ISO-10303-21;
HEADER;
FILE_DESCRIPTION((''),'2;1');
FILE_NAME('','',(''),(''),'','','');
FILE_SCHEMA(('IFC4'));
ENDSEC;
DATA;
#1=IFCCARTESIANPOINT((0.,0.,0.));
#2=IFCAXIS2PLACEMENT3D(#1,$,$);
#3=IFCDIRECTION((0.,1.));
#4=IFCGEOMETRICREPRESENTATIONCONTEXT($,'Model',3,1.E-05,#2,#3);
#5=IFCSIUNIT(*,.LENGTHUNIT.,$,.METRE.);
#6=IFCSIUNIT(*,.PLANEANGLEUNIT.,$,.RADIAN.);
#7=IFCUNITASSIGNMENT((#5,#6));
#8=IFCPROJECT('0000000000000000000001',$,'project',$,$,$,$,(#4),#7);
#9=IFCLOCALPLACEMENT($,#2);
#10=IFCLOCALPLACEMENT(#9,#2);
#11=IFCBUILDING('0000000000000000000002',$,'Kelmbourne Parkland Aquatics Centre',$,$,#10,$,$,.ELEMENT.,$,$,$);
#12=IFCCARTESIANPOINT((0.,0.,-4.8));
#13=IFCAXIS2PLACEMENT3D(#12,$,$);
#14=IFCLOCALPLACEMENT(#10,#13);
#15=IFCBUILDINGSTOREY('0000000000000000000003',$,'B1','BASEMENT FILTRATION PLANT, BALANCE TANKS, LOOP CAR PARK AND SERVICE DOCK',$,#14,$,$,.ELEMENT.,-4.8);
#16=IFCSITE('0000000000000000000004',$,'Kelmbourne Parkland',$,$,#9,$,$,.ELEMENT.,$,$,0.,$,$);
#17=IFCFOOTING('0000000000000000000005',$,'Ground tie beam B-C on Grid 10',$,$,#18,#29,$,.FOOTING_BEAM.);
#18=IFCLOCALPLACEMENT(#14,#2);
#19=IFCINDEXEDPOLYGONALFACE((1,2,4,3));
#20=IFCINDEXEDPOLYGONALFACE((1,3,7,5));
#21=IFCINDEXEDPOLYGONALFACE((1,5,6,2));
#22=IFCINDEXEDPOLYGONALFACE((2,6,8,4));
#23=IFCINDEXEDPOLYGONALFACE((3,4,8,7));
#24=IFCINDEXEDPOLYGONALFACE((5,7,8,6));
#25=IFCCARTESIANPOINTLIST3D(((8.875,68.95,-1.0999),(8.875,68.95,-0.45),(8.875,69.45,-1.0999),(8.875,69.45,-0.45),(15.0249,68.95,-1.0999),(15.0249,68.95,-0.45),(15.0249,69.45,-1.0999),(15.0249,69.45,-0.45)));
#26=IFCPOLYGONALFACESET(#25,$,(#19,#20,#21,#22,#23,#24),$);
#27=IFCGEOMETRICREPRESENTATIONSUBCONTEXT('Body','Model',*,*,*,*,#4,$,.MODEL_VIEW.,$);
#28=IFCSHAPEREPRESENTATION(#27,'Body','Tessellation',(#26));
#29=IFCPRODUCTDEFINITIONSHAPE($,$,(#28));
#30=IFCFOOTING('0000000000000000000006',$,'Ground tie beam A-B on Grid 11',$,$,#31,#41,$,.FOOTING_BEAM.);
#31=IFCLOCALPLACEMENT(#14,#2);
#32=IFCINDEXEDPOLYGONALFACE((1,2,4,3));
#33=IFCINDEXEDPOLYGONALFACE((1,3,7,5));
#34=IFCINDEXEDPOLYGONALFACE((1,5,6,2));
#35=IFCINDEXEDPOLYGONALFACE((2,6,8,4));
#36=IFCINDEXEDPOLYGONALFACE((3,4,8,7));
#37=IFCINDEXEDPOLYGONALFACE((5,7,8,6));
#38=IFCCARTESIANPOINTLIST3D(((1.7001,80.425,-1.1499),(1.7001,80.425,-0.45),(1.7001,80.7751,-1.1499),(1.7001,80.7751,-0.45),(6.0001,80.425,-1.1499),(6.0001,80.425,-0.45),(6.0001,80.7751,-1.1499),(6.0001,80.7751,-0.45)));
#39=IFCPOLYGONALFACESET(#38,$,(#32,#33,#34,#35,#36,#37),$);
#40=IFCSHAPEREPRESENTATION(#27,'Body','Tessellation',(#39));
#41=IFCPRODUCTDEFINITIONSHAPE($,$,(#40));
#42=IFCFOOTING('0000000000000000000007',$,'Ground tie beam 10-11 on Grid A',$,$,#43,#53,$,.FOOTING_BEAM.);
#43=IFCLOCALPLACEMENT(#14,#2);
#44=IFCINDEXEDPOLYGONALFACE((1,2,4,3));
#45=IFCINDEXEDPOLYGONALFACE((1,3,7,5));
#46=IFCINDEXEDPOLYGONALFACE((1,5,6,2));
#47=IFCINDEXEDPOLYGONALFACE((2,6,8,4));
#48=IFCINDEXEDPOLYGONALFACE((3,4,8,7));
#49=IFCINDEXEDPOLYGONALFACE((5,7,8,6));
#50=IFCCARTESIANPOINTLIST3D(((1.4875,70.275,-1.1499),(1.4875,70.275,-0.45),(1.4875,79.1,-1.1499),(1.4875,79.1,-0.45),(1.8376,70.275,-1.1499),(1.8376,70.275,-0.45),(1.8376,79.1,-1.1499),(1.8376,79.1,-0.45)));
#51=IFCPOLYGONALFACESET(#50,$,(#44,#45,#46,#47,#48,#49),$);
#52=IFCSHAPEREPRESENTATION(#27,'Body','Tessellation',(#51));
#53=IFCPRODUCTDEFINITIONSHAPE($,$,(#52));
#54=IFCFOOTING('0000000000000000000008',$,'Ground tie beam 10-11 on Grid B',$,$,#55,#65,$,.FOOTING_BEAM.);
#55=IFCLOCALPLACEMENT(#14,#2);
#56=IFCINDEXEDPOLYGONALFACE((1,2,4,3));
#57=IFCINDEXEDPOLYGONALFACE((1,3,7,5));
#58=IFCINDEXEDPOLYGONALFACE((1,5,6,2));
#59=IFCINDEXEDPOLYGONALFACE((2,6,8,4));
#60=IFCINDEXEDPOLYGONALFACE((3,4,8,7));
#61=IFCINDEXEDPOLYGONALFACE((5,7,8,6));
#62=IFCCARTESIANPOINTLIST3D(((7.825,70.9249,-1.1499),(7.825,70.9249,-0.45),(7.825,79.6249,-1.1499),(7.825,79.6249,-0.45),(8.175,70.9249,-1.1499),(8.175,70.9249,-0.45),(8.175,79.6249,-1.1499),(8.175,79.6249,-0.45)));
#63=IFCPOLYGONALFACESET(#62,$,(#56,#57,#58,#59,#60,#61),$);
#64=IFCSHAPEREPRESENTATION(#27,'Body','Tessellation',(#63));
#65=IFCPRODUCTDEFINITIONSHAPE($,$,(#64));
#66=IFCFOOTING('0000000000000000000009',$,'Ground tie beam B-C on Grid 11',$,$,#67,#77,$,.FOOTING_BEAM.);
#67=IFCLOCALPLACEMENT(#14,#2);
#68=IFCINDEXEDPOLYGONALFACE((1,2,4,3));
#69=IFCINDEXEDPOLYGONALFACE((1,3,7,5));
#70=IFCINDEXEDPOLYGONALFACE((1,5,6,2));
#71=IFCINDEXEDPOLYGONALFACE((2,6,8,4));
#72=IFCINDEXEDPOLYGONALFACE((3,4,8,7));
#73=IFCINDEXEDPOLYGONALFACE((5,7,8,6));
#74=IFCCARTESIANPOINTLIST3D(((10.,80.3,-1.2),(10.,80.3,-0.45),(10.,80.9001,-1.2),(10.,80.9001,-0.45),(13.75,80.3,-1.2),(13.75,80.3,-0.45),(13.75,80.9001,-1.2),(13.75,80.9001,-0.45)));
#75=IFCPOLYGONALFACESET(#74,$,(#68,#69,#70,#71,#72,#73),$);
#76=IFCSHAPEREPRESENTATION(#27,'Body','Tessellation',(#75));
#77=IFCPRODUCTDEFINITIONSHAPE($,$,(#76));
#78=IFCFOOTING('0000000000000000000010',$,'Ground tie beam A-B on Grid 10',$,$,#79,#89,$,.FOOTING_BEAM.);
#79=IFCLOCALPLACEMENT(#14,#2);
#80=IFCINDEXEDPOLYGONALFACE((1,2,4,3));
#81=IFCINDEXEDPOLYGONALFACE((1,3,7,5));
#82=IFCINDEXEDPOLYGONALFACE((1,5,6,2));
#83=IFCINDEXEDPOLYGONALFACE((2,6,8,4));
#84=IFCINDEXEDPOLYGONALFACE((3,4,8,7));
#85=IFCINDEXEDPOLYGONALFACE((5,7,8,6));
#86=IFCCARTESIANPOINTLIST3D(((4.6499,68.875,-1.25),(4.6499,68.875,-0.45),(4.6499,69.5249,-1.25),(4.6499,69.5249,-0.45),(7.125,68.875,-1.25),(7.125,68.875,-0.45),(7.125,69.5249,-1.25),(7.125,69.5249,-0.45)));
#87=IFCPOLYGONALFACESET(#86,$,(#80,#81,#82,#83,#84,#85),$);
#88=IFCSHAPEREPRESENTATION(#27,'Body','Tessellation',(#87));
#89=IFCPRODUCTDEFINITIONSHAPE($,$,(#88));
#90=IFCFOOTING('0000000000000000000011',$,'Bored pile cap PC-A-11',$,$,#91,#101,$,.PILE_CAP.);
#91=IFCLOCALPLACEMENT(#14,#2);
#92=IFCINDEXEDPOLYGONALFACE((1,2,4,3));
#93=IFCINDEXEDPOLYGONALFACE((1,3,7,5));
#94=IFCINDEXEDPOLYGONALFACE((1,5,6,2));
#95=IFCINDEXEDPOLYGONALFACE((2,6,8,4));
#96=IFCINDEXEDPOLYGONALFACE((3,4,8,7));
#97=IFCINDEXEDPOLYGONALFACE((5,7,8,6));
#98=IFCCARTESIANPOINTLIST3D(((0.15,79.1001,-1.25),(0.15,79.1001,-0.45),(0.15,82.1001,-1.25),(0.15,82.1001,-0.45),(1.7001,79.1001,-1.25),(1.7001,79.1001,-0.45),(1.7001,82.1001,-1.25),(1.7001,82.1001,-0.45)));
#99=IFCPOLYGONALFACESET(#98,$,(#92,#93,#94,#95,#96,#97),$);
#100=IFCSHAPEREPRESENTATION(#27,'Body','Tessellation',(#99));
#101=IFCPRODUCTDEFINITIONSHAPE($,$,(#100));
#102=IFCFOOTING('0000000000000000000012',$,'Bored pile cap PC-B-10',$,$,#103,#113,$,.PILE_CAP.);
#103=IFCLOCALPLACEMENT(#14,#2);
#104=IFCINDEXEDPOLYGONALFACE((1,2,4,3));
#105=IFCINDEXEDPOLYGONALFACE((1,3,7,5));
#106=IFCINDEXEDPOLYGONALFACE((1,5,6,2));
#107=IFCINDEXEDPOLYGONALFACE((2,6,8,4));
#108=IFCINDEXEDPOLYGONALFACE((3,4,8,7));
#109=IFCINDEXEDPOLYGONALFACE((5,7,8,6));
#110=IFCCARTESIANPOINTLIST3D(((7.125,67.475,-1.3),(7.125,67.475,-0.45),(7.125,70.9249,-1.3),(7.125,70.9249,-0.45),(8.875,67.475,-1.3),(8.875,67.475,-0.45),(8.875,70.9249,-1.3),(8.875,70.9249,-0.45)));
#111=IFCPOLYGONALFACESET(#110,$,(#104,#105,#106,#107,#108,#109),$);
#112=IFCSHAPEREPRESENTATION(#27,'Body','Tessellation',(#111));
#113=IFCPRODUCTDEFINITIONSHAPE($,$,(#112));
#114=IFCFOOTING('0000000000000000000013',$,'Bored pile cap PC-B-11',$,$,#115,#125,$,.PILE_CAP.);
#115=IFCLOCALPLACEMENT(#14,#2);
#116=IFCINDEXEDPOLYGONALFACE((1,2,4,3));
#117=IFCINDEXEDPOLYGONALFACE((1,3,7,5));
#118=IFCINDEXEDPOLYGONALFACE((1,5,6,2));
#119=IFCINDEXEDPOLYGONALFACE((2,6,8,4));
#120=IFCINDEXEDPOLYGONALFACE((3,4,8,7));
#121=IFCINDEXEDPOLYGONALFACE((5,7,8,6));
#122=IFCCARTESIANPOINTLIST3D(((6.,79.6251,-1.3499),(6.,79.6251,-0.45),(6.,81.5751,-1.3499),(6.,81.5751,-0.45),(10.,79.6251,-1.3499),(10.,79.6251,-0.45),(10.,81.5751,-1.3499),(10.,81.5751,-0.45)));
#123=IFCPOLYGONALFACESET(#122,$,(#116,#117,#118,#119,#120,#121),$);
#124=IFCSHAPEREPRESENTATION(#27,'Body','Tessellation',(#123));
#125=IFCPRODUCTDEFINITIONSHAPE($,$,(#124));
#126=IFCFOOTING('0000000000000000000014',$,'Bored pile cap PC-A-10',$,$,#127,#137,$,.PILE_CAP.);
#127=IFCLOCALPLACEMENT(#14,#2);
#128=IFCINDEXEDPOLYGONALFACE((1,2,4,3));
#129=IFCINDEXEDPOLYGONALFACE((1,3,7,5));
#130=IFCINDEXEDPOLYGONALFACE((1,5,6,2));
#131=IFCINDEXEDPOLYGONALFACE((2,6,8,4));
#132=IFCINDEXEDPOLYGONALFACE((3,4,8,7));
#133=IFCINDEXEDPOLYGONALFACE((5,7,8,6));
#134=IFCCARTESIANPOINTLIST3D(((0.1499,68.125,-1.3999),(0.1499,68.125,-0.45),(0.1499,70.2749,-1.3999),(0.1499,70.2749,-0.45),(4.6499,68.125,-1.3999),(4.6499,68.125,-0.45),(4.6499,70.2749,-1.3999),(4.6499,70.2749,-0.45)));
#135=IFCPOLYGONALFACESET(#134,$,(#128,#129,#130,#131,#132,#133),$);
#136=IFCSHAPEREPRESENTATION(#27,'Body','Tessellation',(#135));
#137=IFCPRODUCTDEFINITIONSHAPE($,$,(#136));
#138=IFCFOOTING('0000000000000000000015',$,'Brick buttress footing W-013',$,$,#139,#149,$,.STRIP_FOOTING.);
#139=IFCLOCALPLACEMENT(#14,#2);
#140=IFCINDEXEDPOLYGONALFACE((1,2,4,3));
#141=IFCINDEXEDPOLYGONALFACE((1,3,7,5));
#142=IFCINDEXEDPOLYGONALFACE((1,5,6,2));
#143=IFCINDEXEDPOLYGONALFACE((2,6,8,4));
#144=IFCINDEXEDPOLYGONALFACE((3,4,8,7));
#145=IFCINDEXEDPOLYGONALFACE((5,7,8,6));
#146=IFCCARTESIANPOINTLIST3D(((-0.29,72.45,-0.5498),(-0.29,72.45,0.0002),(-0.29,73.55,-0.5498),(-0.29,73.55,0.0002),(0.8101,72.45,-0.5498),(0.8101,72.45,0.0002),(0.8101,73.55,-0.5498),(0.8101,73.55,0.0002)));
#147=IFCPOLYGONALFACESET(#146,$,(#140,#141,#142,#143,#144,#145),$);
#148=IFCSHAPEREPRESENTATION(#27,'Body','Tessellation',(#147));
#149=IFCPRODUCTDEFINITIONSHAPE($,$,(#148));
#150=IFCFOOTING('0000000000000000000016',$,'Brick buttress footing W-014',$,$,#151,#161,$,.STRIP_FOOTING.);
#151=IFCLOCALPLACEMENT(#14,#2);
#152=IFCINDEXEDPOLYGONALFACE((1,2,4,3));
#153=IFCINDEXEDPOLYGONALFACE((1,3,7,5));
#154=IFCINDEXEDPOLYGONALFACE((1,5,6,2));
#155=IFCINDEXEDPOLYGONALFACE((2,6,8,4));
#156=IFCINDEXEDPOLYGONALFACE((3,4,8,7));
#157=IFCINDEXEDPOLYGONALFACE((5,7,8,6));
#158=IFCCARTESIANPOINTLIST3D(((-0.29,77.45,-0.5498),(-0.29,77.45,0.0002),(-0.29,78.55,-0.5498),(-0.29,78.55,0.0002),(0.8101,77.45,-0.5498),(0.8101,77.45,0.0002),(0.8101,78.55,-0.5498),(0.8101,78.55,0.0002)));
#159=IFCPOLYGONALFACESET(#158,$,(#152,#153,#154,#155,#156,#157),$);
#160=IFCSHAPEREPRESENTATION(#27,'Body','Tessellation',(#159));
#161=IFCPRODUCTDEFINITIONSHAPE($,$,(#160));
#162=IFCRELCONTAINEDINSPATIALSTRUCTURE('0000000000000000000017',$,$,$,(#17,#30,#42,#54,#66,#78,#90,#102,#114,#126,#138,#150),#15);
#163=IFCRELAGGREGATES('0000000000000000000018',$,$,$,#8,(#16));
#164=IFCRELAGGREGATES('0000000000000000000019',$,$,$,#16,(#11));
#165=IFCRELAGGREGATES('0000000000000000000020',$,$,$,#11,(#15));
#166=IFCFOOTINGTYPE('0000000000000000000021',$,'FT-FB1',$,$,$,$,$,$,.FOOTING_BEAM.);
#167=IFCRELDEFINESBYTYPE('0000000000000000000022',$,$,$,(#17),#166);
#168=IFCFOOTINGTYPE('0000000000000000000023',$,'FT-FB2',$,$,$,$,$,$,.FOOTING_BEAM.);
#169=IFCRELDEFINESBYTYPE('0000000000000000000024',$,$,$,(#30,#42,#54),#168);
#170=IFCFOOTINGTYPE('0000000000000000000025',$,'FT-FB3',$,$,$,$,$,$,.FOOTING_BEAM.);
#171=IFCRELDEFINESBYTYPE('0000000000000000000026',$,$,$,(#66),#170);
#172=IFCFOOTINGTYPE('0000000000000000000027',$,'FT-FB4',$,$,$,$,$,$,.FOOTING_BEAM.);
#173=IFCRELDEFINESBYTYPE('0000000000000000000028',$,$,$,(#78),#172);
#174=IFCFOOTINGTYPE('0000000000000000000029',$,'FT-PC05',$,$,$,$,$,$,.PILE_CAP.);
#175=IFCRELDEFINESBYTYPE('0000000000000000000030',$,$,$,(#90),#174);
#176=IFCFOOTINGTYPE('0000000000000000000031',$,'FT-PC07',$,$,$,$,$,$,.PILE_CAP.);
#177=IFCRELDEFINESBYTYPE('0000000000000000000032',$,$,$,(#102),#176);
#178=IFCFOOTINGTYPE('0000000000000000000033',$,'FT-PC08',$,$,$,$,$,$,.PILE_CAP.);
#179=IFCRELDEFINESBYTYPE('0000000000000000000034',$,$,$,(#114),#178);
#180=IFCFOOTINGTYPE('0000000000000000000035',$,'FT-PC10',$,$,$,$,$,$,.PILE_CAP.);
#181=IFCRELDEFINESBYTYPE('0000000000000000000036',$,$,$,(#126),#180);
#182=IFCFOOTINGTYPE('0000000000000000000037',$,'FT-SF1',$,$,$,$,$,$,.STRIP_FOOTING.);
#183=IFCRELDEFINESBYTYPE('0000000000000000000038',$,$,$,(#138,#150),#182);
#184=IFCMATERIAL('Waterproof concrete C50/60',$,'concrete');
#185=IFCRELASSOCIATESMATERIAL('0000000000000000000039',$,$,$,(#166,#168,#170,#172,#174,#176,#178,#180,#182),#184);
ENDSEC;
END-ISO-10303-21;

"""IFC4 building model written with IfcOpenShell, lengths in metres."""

from ifc_helpers import new_model, si_unit, direction, frame, origin, origin_2d, place, context, subcontext, project, spatial, rectangle, extrude, material, type_object, element, save


model = new_model("IFC4")

# Units and contexts
model_context = context("Model", 3, precision=1e-05, world=origin(), true_north=direction((0.0, 1.0)))
body_context = subcontext(model_context, "Body", "Model", "MODEL_VIEW")
ifc_project = project(units=[si_unit("LENGTHUNIT", "METRE"), si_unit("PLANEANGLEUNIT", "RADIAN")], contexts=[model_context])

# Site, building, storey
site_placement = place(None, origin())
site = spatial("IfcSite", under=ifc_project, at=site_placement, Name="Kelmbourne Parkland", CompositionType="ELEMENT", RefElevation=0.0)
building_placement = place(site_placement, origin())
building = spatial("IfcBuilding", under=site, at=building_placement, Name="Kelmbourne Parkland Aquatics Centre", CompositionType="ELEMENT")
storey_placement = place(building_placement, frame((0.0, 0.0, -4.8)))
storey = spatial("IfcBuildingStorey", under=building, at=storey_placement, Name="B1", Description="BASEMENT FILTRATION PLANT, BALANCE TANKS, LOOP CAR PARK AND SERVICE DOCK", CompositionType="ELEMENT", Elevation=-4.8)

# Footings
ifc_material_1 = material(Name="Waterproof concrete C50/60", Category="concrete")
footing_type_1 = type_object("IfcFootingType", Name="FT-FB1", PredefinedType="FOOTING_BEAM", material=ifc_material_1)
footing_1_placement = place(storey_placement, frame((11.95, 69.2, -1.0999), z_axis=(0.0, 0.0, 1.0), x_axis=(1.0, 0.0, 0.0)))
element("IfcFooting", 1, at=footing_1_placement, inside=storey, type_object=footing_type_1, Name="Ground tie beam B-C on Grid 10", PredefinedType="FOOTING_BEAM", context=body_context, shape_type="SweptSolid", body=[
    extrude(rectangle(XDim=6.1499, YDim=0.5, at=origin_2d()), origin(), (0.0, 0.0, 1.0), 0.6499),
])
footing_type_2 = type_object("IfcFootingType", Name="FT-FB2", PredefinedType="FOOTING_BEAM", material=ifc_material_1)
footing_2_placement = place(storey_placement, frame((3.8501, 80.6001, -1.1499), z_axis=(0.0, 0.0, 1.0), x_axis=(1.0, 0.0, 0.0)))
element("IfcFooting", 2, at=footing_2_placement, inside=storey, type_object=footing_type_2, Name="Ground tie beam A-B on Grid 11", PredefinedType="FOOTING_BEAM", context=body_context, shape_type="SweptSolid", body=[
    extrude(rectangle(XDim=4.3, YDim=0.3501, at=origin_2d()), origin(), (0.0, 0.0, 1.0), 0.7),
])
footing_3_placement = place(storey_placement, frame((1.6626, 74.6875, -1.1499), z_axis=(0.0, 0.0, 1.0), x_axis=(0.0, 1.0, 0.0)))
element("IfcFooting", 3, at=footing_3_placement, inside=storey, type_object=footing_type_2, Name="Ground tie beam 10-11 on Grid A", PredefinedType="FOOTING_BEAM", context=body_context, shape_type="SweptSolid", body=[
    extrude(rectangle(XDim=8.825, YDim=0.3501, at=origin_2d()), origin(), (0.0, 0.0, 1.0), 0.7),
])
footing_4_placement = place(storey_placement, frame((8.0, 75.2749, -1.1499), z_axis=(0.0, 0.0, 1.0), x_axis=(0.0, 1.0, 0.0)))
element("IfcFooting", 4, at=footing_4_placement, inside=storey, type_object=footing_type_2, Name="Ground tie beam 10-11 on Grid B", PredefinedType="FOOTING_BEAM", context=body_context, shape_type="SweptSolid", body=[
    extrude(rectangle(XDim=8.7, YDim=0.3501, at=origin_2d()), origin(), (0.0, 0.0, 1.0), 0.7),
])
footing_type_3 = type_object("IfcFootingType", Name="FT-FB3", PredefinedType="FOOTING_BEAM", material=ifc_material_1)
footing_5_placement = place(storey_placement, frame((11.875, 80.6001, -1.2), z_axis=(0.0, 0.0, 1.0), x_axis=(1.0, 0.0, 0.0)))
element("IfcFooting", 5, at=footing_5_placement, inside=storey, type_object=footing_type_3, Name="Ground tie beam B-C on Grid 11", PredefinedType="FOOTING_BEAM", context=body_context, shape_type="SweptSolid", body=[
    extrude(rectangle(XDim=3.75, YDim=0.6001, at=origin_2d()), origin(), (0.0, 0.0, 1.0), 0.75),
])
footing_type_4 = type_object("IfcFootingType", Name="FT-FB4", PredefinedType="FOOTING_BEAM", material=ifc_material_1)
footing_6_placement = place(storey_placement, frame((5.8875, 69.2, -1.25), z_axis=(0.0, 0.0, 1.0), x_axis=(1.0, 0.0, 0.0)))
element("IfcFooting", 6, at=footing_6_placement, inside=storey, type_object=footing_type_4, Name="Ground tie beam A-B on Grid 10", PredefinedType="FOOTING_BEAM", context=body_context, shape_type="SweptSolid", body=[
    extrude(rectangle(XDim=2.4751, YDim=0.6499, at=origin_2d()), origin(), (0.0, 0.0, 1.0), 0.8),
])
footing_type_5 = type_object("IfcFootingType", Name="FT-PC05", PredefinedType="PILE_CAP", material=ifc_material_1)
footing_7_placement = place(storey_placement, frame((0.925, 80.6001, -1.25), z_axis=(0.0, 0.0, 1.0), x_axis=(1.0, 0.0, 0.0)))
element("IfcFooting", 7, at=footing_7_placement, inside=storey, type_object=footing_type_5, Name="Bored pile cap PC-A-11", PredefinedType="PILE_CAP", context=body_context, shape_type="SweptSolid", body=[
    extrude(rectangle(XDim=1.55, YDim=3.0, at=origin_2d()), origin(), (0.0, 0.0, 1.0), 0.8),
])
footing_type_6 = type_object("IfcFootingType", Name="FT-PC07", PredefinedType="PILE_CAP", material=ifc_material_1)
footing_8_placement = place(storey_placement, frame((8.0, 69.2, -1.3), z_axis=(0.0, 0.0, 1.0), x_axis=(1.0, 0.0, 0.0)))
element("IfcFooting", 8, at=footing_8_placement, inside=storey, type_object=footing_type_6, Name="Bored pile cap PC-B-10", PredefinedType="PILE_CAP", context=body_context, shape_type="SweptSolid", body=[
    extrude(rectangle(XDim=1.75, YDim=3.45, at=origin_2d()), origin(), (0.0, 0.0, 1.0), 0.8501),
])
footing_type_7 = type_object("IfcFootingType", Name="FT-PC08", PredefinedType="PILE_CAP", material=ifc_material_1)
footing_9_placement = place(storey_placement, frame((8.0, 80.6001, -1.3499), z_axis=(0.0, 0.0, 1.0), x_axis=(1.0, 0.0, 0.0)))
element("IfcFooting", 9, at=footing_9_placement, inside=storey, type_object=footing_type_7, Name="Bored pile cap PC-B-11", PredefinedType="PILE_CAP", context=body_context, shape_type="SweptSolid", body=[
    extrude(rectangle(XDim=4.0, YDim=1.95, at=origin_2d()), origin(), (0.0, 0.0, 1.0), 0.8999),
])
footing_type_8 = type_object("IfcFootingType", Name="FT-PC10", PredefinedType="PILE_CAP", material=ifc_material_1)
footing_10_placement = place(storey_placement, frame((2.3999, 69.2, -1.3999), z_axis=(0.0, 0.0, 1.0), x_axis=(1.0, 0.0, 0.0)))
element("IfcFooting", 10, at=footing_10_placement, inside=storey, type_object=footing_type_8, Name="Bored pile cap PC-A-10", PredefinedType="PILE_CAP", context=body_context, shape_type="SweptSolid", body=[
    extrude(rectangle(XDim=4.5, YDim=2.1499, at=origin_2d()), origin(), (0.0, 0.0, 1.0), 0.95),
])
footing_type_9 = type_object("IfcFootingType", Name="FT-SF1", PredefinedType="STRIP_FOOTING", material=ifc_material_1)
for number, where, z_axis, x_axis, name in (
    (11, (0.26, 73.0, -0.5498), (0.0, 0.0, 1.0), (1.0, 0.0, 0.0), "Brick buttress footing W-013"),
    (12, (0.26, 78.0, -0.5498), (0.0, 0.0, 1.0), (1.0, 0.0, 0.0), "Brick buttress footing W-014"),
):
    element("IfcFooting", number, at=place(storey_placement, frame(where, z_axis=z_axis, x_axis=x_axis)), inside=storey, type_object=footing_type_9, Name=name, PredefinedType="STRIP_FOOTING", context=body_context, shape_type="SweptSolid", body=[
        extrude(rectangle(XDim=1.1001, YDim=1.1001, at=origin_2d()), origin(), (0.0, 0.0, 1.0), 0.55),
    ])

save(model, "model.ifc")
